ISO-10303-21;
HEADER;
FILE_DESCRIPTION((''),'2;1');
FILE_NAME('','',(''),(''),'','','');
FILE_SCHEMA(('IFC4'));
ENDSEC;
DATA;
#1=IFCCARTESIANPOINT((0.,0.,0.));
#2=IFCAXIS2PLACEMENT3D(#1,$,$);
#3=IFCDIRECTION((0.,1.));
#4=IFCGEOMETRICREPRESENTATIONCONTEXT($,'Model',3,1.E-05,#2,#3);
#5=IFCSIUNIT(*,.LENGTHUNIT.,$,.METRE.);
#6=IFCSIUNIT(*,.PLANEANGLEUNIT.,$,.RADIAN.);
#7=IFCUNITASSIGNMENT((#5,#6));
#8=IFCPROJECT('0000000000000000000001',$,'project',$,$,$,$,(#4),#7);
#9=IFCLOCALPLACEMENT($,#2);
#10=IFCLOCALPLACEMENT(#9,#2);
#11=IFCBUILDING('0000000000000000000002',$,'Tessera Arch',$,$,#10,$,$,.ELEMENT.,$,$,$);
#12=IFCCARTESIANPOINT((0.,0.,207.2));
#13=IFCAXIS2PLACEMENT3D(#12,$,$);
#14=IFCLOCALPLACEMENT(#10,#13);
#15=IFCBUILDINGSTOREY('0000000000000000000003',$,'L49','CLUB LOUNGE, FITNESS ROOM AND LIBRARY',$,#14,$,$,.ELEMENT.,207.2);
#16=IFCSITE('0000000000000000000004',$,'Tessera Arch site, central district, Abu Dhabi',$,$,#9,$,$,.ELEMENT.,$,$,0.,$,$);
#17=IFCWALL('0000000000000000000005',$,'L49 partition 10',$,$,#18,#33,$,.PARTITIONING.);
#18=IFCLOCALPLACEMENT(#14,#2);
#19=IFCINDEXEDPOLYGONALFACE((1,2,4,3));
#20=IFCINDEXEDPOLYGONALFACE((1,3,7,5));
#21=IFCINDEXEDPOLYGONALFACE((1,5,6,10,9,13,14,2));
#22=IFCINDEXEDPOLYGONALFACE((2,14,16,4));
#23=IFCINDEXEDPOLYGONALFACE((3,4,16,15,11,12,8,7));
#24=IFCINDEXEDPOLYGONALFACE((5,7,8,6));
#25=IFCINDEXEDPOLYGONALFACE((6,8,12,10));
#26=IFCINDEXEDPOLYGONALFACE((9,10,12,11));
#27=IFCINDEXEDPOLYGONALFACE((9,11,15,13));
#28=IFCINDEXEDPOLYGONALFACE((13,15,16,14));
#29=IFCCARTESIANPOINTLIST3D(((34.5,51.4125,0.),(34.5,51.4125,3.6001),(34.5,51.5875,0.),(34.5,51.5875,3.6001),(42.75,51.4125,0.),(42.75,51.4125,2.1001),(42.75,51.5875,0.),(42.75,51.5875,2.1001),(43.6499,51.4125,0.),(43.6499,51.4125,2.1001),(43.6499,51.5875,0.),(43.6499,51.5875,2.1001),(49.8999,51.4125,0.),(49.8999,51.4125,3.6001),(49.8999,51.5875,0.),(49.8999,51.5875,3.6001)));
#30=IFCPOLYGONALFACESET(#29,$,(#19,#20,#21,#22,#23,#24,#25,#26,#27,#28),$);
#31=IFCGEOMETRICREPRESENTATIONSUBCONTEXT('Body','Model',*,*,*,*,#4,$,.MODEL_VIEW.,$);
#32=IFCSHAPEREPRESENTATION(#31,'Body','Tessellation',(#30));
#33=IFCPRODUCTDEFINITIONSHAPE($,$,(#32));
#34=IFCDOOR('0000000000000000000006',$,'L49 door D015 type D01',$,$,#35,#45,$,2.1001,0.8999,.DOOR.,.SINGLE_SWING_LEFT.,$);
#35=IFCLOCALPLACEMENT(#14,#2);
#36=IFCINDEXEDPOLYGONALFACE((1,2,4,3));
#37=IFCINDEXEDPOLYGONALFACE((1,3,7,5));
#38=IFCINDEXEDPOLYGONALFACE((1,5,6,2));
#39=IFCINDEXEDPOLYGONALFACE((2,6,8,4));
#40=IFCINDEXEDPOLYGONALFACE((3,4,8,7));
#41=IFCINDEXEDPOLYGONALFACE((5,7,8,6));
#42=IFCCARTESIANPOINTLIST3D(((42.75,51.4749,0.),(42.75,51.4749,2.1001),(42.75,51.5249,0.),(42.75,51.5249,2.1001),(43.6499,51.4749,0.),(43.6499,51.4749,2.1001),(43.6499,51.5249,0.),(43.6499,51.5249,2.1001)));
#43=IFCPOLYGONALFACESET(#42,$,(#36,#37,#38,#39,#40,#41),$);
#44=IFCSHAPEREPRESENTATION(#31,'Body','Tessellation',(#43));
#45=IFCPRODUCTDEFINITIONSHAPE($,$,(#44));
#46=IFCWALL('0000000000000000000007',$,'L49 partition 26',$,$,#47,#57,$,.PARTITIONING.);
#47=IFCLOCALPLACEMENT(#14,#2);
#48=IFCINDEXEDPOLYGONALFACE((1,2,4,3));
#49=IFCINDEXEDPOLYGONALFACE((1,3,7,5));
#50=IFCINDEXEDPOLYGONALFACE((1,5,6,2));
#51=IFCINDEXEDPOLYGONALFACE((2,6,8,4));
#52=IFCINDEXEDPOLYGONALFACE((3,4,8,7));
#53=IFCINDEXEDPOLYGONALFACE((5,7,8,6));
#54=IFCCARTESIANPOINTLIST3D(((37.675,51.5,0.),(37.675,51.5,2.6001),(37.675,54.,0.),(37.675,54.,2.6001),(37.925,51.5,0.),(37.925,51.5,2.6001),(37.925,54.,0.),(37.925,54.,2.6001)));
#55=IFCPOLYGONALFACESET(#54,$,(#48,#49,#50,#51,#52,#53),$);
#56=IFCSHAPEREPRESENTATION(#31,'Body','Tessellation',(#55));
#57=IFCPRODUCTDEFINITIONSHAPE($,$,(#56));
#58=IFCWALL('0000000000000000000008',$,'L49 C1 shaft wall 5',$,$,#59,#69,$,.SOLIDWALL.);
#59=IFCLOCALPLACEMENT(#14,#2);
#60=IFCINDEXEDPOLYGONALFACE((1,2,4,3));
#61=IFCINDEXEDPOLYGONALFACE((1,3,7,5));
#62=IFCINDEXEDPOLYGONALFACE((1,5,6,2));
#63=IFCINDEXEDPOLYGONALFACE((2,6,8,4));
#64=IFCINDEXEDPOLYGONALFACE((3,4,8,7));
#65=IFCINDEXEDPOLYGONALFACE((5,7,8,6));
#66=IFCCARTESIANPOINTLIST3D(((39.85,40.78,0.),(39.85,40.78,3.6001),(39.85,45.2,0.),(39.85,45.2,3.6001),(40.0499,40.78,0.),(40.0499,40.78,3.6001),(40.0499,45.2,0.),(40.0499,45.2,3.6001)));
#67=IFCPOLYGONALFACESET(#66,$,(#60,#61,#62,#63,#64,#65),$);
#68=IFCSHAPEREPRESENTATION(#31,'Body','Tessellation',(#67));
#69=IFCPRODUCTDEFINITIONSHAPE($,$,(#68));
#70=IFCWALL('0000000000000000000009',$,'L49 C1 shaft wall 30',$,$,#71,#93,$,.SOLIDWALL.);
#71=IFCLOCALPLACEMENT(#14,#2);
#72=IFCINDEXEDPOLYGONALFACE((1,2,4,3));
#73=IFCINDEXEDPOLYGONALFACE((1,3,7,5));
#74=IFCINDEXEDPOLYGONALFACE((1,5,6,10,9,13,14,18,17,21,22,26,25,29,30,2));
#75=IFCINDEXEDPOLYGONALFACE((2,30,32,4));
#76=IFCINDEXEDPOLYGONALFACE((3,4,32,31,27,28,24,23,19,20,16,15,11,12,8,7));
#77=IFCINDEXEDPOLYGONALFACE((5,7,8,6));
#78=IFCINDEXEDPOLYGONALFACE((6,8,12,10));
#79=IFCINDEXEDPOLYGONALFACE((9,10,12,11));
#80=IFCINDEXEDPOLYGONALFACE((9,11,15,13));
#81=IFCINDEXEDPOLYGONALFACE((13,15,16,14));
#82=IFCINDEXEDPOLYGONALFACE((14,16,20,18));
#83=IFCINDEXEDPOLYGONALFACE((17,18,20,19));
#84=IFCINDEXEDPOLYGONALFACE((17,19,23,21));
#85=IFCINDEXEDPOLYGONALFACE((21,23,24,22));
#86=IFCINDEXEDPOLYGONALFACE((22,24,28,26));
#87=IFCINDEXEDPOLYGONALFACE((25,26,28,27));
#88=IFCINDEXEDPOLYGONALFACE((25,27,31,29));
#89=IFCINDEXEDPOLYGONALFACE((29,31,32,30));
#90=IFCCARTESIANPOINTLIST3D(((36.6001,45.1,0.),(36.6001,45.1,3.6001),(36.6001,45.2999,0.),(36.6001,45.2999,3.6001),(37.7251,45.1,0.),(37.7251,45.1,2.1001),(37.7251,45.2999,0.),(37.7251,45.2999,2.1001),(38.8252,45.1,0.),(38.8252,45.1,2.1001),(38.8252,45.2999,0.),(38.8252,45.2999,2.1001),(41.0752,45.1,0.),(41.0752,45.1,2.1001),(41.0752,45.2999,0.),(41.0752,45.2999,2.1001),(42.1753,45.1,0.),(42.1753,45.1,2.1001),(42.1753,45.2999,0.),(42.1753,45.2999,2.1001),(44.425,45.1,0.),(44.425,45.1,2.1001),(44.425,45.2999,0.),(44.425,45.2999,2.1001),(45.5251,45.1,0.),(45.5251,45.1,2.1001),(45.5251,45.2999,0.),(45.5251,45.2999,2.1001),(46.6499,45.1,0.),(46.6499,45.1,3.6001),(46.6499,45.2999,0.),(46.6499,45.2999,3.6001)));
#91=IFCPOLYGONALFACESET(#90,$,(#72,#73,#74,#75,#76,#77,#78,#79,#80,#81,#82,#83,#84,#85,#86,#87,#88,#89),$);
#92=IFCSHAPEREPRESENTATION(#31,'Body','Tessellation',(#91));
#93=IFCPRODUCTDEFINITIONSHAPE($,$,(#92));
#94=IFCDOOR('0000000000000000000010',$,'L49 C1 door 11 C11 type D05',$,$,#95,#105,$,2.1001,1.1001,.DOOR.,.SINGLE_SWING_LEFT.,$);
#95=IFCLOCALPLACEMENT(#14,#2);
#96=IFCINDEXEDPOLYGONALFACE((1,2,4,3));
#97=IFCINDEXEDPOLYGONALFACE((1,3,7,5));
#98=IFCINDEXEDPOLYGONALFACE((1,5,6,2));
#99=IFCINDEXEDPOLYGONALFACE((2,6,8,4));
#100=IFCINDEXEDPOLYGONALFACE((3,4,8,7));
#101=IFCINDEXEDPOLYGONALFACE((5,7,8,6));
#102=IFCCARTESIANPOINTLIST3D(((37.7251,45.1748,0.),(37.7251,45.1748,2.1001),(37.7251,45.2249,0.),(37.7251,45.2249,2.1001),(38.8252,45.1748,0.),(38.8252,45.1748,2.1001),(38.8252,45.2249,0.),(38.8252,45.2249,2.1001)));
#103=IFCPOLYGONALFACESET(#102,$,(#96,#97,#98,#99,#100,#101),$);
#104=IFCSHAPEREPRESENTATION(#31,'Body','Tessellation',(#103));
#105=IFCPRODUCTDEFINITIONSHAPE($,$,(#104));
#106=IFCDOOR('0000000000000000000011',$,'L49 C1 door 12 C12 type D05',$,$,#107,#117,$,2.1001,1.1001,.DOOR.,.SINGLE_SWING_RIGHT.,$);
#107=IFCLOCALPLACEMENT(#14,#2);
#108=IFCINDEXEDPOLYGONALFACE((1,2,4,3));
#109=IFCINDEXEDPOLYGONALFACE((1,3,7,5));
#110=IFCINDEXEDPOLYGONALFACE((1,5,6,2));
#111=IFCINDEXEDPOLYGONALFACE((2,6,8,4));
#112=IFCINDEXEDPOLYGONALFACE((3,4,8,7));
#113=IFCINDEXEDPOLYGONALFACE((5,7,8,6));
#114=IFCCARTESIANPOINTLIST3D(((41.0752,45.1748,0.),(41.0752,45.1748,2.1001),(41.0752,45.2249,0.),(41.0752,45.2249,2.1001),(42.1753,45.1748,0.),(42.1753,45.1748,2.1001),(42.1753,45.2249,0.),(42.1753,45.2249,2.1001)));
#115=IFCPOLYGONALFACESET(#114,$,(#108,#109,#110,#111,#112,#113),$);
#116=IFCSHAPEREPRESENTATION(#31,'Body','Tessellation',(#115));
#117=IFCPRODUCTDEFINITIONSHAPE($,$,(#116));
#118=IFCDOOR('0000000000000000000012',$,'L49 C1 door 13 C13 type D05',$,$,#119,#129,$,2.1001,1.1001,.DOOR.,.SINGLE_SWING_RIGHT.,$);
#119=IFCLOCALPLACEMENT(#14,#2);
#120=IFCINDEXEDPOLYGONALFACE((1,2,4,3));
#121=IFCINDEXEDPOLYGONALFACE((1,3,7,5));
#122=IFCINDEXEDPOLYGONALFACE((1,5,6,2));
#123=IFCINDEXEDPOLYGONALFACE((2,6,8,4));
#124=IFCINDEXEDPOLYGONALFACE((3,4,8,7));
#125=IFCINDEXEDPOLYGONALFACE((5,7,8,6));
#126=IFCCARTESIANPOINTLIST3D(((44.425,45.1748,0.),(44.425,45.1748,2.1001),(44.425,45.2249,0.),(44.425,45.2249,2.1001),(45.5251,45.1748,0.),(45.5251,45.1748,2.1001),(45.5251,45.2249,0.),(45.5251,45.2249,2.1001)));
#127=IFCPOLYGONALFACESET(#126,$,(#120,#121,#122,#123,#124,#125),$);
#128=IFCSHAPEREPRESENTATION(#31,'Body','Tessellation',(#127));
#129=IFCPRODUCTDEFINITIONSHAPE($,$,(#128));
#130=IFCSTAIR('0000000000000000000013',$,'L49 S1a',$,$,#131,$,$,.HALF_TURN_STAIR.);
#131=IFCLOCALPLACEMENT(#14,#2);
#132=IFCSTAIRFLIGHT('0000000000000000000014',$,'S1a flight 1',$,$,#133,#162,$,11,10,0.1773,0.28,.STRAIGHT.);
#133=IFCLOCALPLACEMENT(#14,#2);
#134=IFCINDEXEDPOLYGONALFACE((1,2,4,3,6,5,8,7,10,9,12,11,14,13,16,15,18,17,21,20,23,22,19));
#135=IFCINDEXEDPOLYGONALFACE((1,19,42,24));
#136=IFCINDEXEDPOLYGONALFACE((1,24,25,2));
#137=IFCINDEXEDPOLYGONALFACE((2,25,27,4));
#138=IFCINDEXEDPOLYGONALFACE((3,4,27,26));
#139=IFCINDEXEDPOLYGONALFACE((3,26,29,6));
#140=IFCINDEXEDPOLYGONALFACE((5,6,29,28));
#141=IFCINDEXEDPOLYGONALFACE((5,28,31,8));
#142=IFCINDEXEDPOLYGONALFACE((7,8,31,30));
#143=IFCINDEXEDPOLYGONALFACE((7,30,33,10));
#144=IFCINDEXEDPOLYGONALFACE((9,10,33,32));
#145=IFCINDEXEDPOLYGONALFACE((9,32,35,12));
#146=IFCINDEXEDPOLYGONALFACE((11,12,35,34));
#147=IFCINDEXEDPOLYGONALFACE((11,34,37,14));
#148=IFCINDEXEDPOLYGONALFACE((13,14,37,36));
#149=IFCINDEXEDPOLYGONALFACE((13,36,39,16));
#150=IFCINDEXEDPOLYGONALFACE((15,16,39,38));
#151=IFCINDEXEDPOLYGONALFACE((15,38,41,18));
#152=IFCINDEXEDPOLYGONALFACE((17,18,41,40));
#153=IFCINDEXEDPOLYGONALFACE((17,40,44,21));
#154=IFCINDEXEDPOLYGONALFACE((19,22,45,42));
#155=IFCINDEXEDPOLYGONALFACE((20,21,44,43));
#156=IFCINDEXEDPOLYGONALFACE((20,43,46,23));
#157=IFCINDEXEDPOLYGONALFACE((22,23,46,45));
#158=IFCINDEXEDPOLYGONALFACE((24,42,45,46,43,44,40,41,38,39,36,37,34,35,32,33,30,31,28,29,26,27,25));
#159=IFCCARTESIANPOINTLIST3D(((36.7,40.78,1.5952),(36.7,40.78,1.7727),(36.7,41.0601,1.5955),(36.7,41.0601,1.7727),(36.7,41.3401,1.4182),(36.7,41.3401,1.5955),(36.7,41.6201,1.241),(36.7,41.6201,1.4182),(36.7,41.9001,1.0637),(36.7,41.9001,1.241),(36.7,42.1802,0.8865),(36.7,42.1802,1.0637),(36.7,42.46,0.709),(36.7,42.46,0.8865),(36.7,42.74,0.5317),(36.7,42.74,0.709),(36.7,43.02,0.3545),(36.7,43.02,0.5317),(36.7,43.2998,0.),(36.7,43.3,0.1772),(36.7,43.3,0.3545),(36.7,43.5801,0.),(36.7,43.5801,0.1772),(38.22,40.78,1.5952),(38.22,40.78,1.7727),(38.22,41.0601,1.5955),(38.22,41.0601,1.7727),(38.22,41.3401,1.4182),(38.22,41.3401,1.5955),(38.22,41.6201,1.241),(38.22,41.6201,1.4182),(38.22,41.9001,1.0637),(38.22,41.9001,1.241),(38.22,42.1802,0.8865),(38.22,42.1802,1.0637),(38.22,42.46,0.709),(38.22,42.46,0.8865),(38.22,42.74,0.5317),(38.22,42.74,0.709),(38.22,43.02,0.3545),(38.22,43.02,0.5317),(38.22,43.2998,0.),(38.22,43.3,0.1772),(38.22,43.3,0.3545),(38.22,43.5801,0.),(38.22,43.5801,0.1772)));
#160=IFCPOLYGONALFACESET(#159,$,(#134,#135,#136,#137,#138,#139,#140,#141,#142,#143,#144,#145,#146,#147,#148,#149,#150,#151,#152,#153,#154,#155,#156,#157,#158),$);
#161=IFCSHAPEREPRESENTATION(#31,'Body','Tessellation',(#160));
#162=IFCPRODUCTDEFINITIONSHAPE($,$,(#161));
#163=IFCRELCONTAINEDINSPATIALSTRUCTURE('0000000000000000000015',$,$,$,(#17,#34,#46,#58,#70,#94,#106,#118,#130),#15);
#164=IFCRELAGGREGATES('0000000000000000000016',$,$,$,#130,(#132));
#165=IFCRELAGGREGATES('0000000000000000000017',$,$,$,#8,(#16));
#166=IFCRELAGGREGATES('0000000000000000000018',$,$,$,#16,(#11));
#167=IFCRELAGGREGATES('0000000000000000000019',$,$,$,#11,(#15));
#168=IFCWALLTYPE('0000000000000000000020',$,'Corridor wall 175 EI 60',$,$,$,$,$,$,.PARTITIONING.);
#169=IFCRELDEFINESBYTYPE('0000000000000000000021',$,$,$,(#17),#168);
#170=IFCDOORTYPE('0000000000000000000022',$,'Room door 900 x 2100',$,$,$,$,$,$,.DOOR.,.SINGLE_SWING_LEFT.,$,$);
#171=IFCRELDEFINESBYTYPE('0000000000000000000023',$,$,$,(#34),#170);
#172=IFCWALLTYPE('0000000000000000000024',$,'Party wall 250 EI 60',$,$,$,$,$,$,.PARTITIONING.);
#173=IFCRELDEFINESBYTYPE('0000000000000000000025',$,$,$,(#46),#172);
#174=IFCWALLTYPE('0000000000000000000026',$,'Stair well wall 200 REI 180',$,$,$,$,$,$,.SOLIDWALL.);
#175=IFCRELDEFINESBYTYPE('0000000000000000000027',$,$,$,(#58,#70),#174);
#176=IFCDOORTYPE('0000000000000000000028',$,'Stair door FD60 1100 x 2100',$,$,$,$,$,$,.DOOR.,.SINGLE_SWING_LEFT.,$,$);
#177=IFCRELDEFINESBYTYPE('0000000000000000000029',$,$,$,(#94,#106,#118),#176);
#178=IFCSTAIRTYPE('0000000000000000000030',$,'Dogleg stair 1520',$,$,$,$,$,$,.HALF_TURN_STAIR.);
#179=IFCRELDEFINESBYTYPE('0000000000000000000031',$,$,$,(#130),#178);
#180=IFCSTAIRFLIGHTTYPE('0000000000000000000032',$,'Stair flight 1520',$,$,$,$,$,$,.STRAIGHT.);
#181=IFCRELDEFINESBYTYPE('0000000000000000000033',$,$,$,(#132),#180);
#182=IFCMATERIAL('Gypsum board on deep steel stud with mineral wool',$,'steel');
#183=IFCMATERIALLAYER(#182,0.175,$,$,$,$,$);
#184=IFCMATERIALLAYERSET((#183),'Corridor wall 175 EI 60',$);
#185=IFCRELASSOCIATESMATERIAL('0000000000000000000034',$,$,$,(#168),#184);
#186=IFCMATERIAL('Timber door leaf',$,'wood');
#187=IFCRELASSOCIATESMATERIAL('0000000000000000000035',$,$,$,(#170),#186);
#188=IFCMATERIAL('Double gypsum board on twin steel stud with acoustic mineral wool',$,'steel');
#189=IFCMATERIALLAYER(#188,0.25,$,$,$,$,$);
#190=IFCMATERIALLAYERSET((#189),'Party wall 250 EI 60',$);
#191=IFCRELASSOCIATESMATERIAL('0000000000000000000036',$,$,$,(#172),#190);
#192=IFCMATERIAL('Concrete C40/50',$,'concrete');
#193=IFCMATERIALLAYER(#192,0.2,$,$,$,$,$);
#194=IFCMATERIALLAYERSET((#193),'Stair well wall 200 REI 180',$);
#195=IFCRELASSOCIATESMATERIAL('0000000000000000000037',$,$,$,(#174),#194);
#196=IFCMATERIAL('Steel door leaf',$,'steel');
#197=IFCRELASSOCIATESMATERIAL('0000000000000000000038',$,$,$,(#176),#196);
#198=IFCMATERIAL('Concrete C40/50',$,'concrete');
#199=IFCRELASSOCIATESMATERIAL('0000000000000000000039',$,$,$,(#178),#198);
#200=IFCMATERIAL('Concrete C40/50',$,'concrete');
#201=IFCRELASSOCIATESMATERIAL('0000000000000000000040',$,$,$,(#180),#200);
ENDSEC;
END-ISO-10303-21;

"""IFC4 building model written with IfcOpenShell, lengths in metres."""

from ifc_helpers import new_model, si_unit, direction, frame, frame_2d, origin, place, context, subcontext, project, spatial, polyline, rectangle, outline, extrude, material, layer, layer_set, type_object, element, fill, aggregate, save


model = new_model("IFC4")

# Units and contexts
model_context = context("Model", 3, precision=1e-05, world=origin(), true_north=direction((0.0, 1.0)))
body_context = subcontext(model_context, "Body", "Model", "MODEL_VIEW")
ifc_project = project(units=[si_unit("LENGTHUNIT", "METRE"), si_unit("PLANEANGLEUNIT", "RADIAN")], contexts=[model_context])

# Site, building, storey
site_placement = place(None, origin())
site = spatial("IfcSite", under=ifc_project, at=site_placement, Name="Tessera Arch site, central district, Abu Dhabi", CompositionType="ELEMENT", RefElevation=0.0)
building_placement = place(site_placement, origin())
building = spatial("IfcBuilding", under=site, at=building_placement, Name="Tessera Arch", CompositionType="ELEMENT")
storey_placement = place(building_placement, frame((0.0, 0.0, 207.2)))
storey = spatial("IfcBuildingStorey", under=building, at=storey_placement, Name="L49", Description="CLUB LOUNGE, FITNESS ROOM AND LIBRARY", CompositionType="ELEMENT", Elevation=207.2)

# Wall, opening, door
ifc_material_1 = material(Name="Gypsum board on deep steel stud with mineral wool", Category="steel")
ifc_layer_1 = layer(ifc_material_1, 0.175)
ifc_layer_set_1 = layer_set([ifc_layer_1], Name="Corridor wall 175 EI 60")
wall_type_1 = type_object("IfcWallType", Name="Corridor wall 175 EI 60", PredefinedType="PARTITIONING", material=ifc_layer_set_1)
wall_1_placement = place(storey_placement, frame((34.5, 51.5, 0.0), z_axis=(0.0, 0.0, 1.0), x_axis=(1.0, 0.0, 0.0)))
wall_1 = element("IfcWall", 1, at=wall_1_placement, inside=storey, type_object=wall_type_1, Name="L49 partition 10", PredefinedType="PARTITIONING", context=body_context, shape_type="SweptSolid", body=[
    extrude(rectangle(XDim=15.3999, YDim=0.175, at=frame_2d((7.7, 0.0))), origin(), (0.0, 0.0, 1.0), 3.6001),
])
opening_1_placement = place(wall_1_placement, frame((8.25, 0.0, 0.0)))
opening_1 = element("IfcOpeningElement", 2, at=opening_1_placement, cuts=wall_1, PredefinedType="OPENING", context=body_context, shape_type="SweptSolid", body=[
    extrude(rectangle(XDim=0.8999, YDim=2.1001, at=frame_2d((0.45, 1.05))), frame((0.0, 0.0974, 0.0), z_axis=(0.0, -1.0, 0.0), x_axis=(1.0, 0.0, 0.0)), (0.0, 0.0, 1.0), 0.1951),
])
ifc_material_2 = material(Name="Timber door leaf", Category="wood")
door_type_1 = type_object("IfcDoorType", Name="Room door 900 x 2100", OperationType="SINGLE_SWING_LEFT", PredefinedType="DOOR", material=ifc_material_2)
door_1_placement = place(opening_1_placement, origin())
door_1 = element("IfcDoor", 3, at=door_1_placement, inside=storey, type_object=door_type_1, Name="L49 door D015 type D01", OperationType="SINGLE_SWING_LEFT", OverallHeight=2.1001, OverallWidth=0.8999, PredefinedType="DOOR", context=body_context, shape_type="SweptSolid", body=[
    extrude(rectangle(XDim=0.8999, YDim=2.1001, at=frame_2d((0.45, 1.05))), frame((0.0, 0.0249, 0.0), z_axis=(0.0, -1.0, 0.0), x_axis=(1.0, 0.0, 0.0)), (0.0, 0.0, 1.0), 0.05),
])
fill(opening_1, door_1)

# Walls
ifc_material_3 = material(Name="Double gypsum board on twin steel stud with acoustic mineral wool", Category="steel")
ifc_layer_2 = layer(ifc_material_3, 0.25)
ifc_layer_set_2 = layer_set([ifc_layer_2], Name="Party wall 250 EI 60")
wall_type_2 = type_object("IfcWallType", Name="Party wall 250 EI 60", PredefinedType="PARTITIONING", material=ifc_layer_set_2)
wall_2_placement = place(storey_placement, frame((37.8, 51.5, 0.0), z_axis=(0.0, 0.0, 1.0), x_axis=(0.0, 1.0, 0.0)))
element("IfcWall", 4, at=wall_2_placement, inside=storey, type_object=wall_type_2, Name="L49 partition 26", PredefinedType="PARTITIONING", context=body_context, shape_type="SweptSolid", body=[
    extrude(rectangle(XDim=2.5, YDim=0.25, at=frame_2d((1.25, 0.0))), origin(), (0.0, 0.0, 1.0), 2.6001),
])
ifc_material_4 = material(Name="Concrete C40/50", Category="concrete")
ifc_layer_3 = layer(ifc_material_4, 0.2)
ifc_layer_set_3 = layer_set([ifc_layer_3], Name="Stair well wall 200 REI 180")
wall_type_3 = type_object("IfcWallType", Name="Stair well wall 200 REI 180", PredefinedType="SOLIDWALL", material=ifc_layer_set_3)
wall_3_placement = place(storey_placement, frame((39.95, 40.78, 0.0), z_axis=(0.0, 0.0, 1.0), x_axis=(0.0, 1.0, 0.0)))
element("IfcWall", 5, at=wall_3_placement, inside=storey, type_object=wall_type_3, Name="L49 C1 shaft wall 5", PredefinedType="SOLIDWALL", context=body_context, shape_type="SweptSolid", body=[
    extrude(rectangle(XDim=4.4199, YDim=0.2, at=frame_2d((2.21, 0.0))), origin(), (0.0, 0.0, 1.0), 3.6001),
])

# Wall, openings, doors
wall_4_placement = place(storey_placement, frame((36.6001, 45.2, 0.0), z_axis=(0.0, 0.0, 1.0), x_axis=(1.0, 0.0, 0.0)))
wall_4 = element("IfcWall", 6, at=wall_4_placement, inside=storey, type_object=wall_type_3, Name="L49 C1 shaft wall 30", PredefinedType="SOLIDWALL", context=body_context, shape_type="SweptSolid", body=[
    extrude(rectangle(XDim=10.0498, YDim=0.2, at=frame_2d((5.0249, 0.0))), origin(), (0.0, 0.0, 1.0), 3.6001),
])
opening_2_placement = place(wall_4_placement, frame((1.125, 0.0, 0.0)))
opening_2 = element("IfcOpeningElement", 7, at=opening_2_placement, cuts=wall_4, PredefinedType="OPENING", context=body_context, shape_type="SweptSolid", body=[
    extrude(rectangle(XDim=1.1001, YDim=2.1001, at=frame_2d((0.55, 1.05))), frame((0.0, 0.1099, 0.0), z_axis=(0.0, -1.0, 0.0), x_axis=(1.0, 0.0, 0.0)), (0.0, 0.0, 1.0), 0.22),
])
opening_3_placement = place(wall_4_placement, frame((4.4751, 0.0, 0.0)))
opening_3 = element("IfcOpeningElement", 8, at=opening_3_placement, cuts=wall_4, PredefinedType="OPENING", context=body_context, shape_type="SweptSolid", body=[
    extrude(rectangle(XDim=1.1001, YDim=2.1001, at=frame_2d((0.55, 1.05))), frame((0.0, 0.1099, 0.0), z_axis=(0.0, -1.0, 0.0), x_axis=(1.0, 0.0, 0.0)), (0.0, 0.0, 1.0), 0.22),
])
opening_4_placement = place(wall_4_placement, frame((7.825, 0.0, 0.0)))
opening_4 = element("IfcOpeningElement", 9, at=opening_4_placement, cuts=wall_4, PredefinedType="OPENING", context=body_context, shape_type="SweptSolid", body=[
    extrude(rectangle(XDim=1.1001, YDim=2.1001, at=frame_2d((0.55, 1.05))), frame((0.0, 0.1099, 0.0), z_axis=(0.0, -1.0, 0.0), x_axis=(1.0, 0.0, 0.0)), (0.0, 0.0, 1.0), 0.22),
])
ifc_material_5 = material(Name="Steel door leaf", Category="steel")
door_type_2 = type_object("IfcDoorType", Name="Stair door FD60 1100 x 2100", OperationType="SINGLE_SWING_LEFT", PredefinedType="DOOR", material=ifc_material_5)
door_2_placement = place(opening_2_placement, origin())
door_2 = element("IfcDoor", 10, at=door_2_placement, inside=storey, type_object=door_type_2, Name="L49 C1 door 11 C11 type D05", OperationType="SINGLE_SWING_LEFT", OverallHeight=2.1001, OverallWidth=1.1001, PredefinedType="DOOR", context=body_context, shape_type="SweptSolid", body=[
    extrude(rectangle(XDim=1.1001, YDim=2.1001, at=frame_2d((0.55, 1.05))), frame((0.0, 0.0249, 0.0), z_axis=(0.0, -1.0, 0.0), x_axis=(1.0, 0.0, 0.0)), (0.0, 0.0, 1.0), 0.05),
])
fill(opening_2, door_2)
door_3_placement = place(opening_3_placement, origin())
door_3 = element("IfcDoor", 11, at=door_3_placement, inside=storey, type_object=door_type_2, Name="L49 C1 door 12 C12 type D05", OperationType="SINGLE_SWING_RIGHT", OverallHeight=2.1001, OverallWidth=1.1001, PredefinedType="DOOR", context=body_context, shape_type="SweptSolid", body=[
    extrude(rectangle(XDim=1.1001, YDim=2.1001, at=frame_2d((0.55, 1.05))), frame((0.0, 0.0249, 0.0), z_axis=(0.0, -1.0, 0.0), x_axis=(1.0, 0.0, 0.0)), (0.0, 0.0, 1.0), 0.05),
])
fill(opening_3, door_3)
door_4_placement = place(opening_4_placement, origin())
door_4 = element("IfcDoor", 12, at=door_4_placement, inside=storey, type_object=door_type_2, Name="L49 C1 door 13 C13 type D05", OperationType="SINGLE_SWING_RIGHT", OverallHeight=2.1001, OverallWidth=1.1001, PredefinedType="DOOR", context=body_context, shape_type="SweptSolid", body=[
    extrude(rectangle(XDim=1.1001, YDim=2.1001, at=frame_2d((0.55, 1.05))), frame((0.0, 0.0249, 0.0), z_axis=(0.0, -1.0, 0.0), x_axis=(1.0, 0.0, 0.0)), (0.0, 0.0, 1.0), 0.05),
])
fill(opening_4, door_4)

# Stair, stair flight
ifc_material_6 = material(Name="Concrete C40/50", Category="concrete")
stair_type = type_object("IfcStairType", Name="Dogleg stair 1520", PredefinedType="HALF_TURN_STAIR", material=ifc_material_6)
stair_placement = place(storey_placement, origin())
stair = element("IfcStair", 13, at=stair_placement, inside=storey, type_object=stair_type, Name="L49 S1a", PredefinedType="HALF_TURN_STAIR")
ifc_material_7 = material(Name="Concrete C40/50", Category="concrete")
stair_flight_type = type_object("IfcStairFlightType", Name="Stair flight 1520", PredefinedType="STRAIGHT", material=ifc_material_7)
stair_flight_1_placement = place(storey_placement, frame((37.46, 43.5801, 0.0), z_axis=(0.0, 0.0, 1.0), x_axis=(0.0, -1.0, 0.0)))
stair_flight_1 = element("IfcStairFlight", 14, at=stair_flight_1_placement, type_object=stair_flight_type, Name="S1a flight 1", NumberOfRisers=11, NumberOfTreads=10, PredefinedType="STRAIGHT", RiserHeight=0.1773, TreadLength=0.28, context=body_context, shape_type="SweptSolid", body=[
    extrude(outline(polyline([(0.0, 0.0), (0.0, 0.1772), (0.28, 0.1772), (0.28, 0.3545), (0.5601, 0.3545), (0.5601, 0.5317), (0.8401, 0.5317), (0.8401, 0.709), (1.1201, 0.709), (1.1201, 0.8865), (1.3999, 0.8865), (1.3999, 1.0637), (1.6799, 1.0637), (1.6799, 1.241), (1.96, 1.241), (1.96, 1.4182), (2.24, 1.4182), (2.24, 1.5955), (2.52, 1.5955), (2.52, 1.7727), (2.8, 1.7727), (2.8, 1.95), (2.8, 1.5952), (0.2803, 0.0), (0.0, 0.0)])), frame((0.0, 0.76, 0.0), z_axis=(0.0, -1.0, 0.0), x_axis=(1.0, 0.0, 0.0)), (0.0, 0.0, 1.0), 1.52),
])
aggregate(stair, [stair_flight_1])

save(model, "model.ifc")
